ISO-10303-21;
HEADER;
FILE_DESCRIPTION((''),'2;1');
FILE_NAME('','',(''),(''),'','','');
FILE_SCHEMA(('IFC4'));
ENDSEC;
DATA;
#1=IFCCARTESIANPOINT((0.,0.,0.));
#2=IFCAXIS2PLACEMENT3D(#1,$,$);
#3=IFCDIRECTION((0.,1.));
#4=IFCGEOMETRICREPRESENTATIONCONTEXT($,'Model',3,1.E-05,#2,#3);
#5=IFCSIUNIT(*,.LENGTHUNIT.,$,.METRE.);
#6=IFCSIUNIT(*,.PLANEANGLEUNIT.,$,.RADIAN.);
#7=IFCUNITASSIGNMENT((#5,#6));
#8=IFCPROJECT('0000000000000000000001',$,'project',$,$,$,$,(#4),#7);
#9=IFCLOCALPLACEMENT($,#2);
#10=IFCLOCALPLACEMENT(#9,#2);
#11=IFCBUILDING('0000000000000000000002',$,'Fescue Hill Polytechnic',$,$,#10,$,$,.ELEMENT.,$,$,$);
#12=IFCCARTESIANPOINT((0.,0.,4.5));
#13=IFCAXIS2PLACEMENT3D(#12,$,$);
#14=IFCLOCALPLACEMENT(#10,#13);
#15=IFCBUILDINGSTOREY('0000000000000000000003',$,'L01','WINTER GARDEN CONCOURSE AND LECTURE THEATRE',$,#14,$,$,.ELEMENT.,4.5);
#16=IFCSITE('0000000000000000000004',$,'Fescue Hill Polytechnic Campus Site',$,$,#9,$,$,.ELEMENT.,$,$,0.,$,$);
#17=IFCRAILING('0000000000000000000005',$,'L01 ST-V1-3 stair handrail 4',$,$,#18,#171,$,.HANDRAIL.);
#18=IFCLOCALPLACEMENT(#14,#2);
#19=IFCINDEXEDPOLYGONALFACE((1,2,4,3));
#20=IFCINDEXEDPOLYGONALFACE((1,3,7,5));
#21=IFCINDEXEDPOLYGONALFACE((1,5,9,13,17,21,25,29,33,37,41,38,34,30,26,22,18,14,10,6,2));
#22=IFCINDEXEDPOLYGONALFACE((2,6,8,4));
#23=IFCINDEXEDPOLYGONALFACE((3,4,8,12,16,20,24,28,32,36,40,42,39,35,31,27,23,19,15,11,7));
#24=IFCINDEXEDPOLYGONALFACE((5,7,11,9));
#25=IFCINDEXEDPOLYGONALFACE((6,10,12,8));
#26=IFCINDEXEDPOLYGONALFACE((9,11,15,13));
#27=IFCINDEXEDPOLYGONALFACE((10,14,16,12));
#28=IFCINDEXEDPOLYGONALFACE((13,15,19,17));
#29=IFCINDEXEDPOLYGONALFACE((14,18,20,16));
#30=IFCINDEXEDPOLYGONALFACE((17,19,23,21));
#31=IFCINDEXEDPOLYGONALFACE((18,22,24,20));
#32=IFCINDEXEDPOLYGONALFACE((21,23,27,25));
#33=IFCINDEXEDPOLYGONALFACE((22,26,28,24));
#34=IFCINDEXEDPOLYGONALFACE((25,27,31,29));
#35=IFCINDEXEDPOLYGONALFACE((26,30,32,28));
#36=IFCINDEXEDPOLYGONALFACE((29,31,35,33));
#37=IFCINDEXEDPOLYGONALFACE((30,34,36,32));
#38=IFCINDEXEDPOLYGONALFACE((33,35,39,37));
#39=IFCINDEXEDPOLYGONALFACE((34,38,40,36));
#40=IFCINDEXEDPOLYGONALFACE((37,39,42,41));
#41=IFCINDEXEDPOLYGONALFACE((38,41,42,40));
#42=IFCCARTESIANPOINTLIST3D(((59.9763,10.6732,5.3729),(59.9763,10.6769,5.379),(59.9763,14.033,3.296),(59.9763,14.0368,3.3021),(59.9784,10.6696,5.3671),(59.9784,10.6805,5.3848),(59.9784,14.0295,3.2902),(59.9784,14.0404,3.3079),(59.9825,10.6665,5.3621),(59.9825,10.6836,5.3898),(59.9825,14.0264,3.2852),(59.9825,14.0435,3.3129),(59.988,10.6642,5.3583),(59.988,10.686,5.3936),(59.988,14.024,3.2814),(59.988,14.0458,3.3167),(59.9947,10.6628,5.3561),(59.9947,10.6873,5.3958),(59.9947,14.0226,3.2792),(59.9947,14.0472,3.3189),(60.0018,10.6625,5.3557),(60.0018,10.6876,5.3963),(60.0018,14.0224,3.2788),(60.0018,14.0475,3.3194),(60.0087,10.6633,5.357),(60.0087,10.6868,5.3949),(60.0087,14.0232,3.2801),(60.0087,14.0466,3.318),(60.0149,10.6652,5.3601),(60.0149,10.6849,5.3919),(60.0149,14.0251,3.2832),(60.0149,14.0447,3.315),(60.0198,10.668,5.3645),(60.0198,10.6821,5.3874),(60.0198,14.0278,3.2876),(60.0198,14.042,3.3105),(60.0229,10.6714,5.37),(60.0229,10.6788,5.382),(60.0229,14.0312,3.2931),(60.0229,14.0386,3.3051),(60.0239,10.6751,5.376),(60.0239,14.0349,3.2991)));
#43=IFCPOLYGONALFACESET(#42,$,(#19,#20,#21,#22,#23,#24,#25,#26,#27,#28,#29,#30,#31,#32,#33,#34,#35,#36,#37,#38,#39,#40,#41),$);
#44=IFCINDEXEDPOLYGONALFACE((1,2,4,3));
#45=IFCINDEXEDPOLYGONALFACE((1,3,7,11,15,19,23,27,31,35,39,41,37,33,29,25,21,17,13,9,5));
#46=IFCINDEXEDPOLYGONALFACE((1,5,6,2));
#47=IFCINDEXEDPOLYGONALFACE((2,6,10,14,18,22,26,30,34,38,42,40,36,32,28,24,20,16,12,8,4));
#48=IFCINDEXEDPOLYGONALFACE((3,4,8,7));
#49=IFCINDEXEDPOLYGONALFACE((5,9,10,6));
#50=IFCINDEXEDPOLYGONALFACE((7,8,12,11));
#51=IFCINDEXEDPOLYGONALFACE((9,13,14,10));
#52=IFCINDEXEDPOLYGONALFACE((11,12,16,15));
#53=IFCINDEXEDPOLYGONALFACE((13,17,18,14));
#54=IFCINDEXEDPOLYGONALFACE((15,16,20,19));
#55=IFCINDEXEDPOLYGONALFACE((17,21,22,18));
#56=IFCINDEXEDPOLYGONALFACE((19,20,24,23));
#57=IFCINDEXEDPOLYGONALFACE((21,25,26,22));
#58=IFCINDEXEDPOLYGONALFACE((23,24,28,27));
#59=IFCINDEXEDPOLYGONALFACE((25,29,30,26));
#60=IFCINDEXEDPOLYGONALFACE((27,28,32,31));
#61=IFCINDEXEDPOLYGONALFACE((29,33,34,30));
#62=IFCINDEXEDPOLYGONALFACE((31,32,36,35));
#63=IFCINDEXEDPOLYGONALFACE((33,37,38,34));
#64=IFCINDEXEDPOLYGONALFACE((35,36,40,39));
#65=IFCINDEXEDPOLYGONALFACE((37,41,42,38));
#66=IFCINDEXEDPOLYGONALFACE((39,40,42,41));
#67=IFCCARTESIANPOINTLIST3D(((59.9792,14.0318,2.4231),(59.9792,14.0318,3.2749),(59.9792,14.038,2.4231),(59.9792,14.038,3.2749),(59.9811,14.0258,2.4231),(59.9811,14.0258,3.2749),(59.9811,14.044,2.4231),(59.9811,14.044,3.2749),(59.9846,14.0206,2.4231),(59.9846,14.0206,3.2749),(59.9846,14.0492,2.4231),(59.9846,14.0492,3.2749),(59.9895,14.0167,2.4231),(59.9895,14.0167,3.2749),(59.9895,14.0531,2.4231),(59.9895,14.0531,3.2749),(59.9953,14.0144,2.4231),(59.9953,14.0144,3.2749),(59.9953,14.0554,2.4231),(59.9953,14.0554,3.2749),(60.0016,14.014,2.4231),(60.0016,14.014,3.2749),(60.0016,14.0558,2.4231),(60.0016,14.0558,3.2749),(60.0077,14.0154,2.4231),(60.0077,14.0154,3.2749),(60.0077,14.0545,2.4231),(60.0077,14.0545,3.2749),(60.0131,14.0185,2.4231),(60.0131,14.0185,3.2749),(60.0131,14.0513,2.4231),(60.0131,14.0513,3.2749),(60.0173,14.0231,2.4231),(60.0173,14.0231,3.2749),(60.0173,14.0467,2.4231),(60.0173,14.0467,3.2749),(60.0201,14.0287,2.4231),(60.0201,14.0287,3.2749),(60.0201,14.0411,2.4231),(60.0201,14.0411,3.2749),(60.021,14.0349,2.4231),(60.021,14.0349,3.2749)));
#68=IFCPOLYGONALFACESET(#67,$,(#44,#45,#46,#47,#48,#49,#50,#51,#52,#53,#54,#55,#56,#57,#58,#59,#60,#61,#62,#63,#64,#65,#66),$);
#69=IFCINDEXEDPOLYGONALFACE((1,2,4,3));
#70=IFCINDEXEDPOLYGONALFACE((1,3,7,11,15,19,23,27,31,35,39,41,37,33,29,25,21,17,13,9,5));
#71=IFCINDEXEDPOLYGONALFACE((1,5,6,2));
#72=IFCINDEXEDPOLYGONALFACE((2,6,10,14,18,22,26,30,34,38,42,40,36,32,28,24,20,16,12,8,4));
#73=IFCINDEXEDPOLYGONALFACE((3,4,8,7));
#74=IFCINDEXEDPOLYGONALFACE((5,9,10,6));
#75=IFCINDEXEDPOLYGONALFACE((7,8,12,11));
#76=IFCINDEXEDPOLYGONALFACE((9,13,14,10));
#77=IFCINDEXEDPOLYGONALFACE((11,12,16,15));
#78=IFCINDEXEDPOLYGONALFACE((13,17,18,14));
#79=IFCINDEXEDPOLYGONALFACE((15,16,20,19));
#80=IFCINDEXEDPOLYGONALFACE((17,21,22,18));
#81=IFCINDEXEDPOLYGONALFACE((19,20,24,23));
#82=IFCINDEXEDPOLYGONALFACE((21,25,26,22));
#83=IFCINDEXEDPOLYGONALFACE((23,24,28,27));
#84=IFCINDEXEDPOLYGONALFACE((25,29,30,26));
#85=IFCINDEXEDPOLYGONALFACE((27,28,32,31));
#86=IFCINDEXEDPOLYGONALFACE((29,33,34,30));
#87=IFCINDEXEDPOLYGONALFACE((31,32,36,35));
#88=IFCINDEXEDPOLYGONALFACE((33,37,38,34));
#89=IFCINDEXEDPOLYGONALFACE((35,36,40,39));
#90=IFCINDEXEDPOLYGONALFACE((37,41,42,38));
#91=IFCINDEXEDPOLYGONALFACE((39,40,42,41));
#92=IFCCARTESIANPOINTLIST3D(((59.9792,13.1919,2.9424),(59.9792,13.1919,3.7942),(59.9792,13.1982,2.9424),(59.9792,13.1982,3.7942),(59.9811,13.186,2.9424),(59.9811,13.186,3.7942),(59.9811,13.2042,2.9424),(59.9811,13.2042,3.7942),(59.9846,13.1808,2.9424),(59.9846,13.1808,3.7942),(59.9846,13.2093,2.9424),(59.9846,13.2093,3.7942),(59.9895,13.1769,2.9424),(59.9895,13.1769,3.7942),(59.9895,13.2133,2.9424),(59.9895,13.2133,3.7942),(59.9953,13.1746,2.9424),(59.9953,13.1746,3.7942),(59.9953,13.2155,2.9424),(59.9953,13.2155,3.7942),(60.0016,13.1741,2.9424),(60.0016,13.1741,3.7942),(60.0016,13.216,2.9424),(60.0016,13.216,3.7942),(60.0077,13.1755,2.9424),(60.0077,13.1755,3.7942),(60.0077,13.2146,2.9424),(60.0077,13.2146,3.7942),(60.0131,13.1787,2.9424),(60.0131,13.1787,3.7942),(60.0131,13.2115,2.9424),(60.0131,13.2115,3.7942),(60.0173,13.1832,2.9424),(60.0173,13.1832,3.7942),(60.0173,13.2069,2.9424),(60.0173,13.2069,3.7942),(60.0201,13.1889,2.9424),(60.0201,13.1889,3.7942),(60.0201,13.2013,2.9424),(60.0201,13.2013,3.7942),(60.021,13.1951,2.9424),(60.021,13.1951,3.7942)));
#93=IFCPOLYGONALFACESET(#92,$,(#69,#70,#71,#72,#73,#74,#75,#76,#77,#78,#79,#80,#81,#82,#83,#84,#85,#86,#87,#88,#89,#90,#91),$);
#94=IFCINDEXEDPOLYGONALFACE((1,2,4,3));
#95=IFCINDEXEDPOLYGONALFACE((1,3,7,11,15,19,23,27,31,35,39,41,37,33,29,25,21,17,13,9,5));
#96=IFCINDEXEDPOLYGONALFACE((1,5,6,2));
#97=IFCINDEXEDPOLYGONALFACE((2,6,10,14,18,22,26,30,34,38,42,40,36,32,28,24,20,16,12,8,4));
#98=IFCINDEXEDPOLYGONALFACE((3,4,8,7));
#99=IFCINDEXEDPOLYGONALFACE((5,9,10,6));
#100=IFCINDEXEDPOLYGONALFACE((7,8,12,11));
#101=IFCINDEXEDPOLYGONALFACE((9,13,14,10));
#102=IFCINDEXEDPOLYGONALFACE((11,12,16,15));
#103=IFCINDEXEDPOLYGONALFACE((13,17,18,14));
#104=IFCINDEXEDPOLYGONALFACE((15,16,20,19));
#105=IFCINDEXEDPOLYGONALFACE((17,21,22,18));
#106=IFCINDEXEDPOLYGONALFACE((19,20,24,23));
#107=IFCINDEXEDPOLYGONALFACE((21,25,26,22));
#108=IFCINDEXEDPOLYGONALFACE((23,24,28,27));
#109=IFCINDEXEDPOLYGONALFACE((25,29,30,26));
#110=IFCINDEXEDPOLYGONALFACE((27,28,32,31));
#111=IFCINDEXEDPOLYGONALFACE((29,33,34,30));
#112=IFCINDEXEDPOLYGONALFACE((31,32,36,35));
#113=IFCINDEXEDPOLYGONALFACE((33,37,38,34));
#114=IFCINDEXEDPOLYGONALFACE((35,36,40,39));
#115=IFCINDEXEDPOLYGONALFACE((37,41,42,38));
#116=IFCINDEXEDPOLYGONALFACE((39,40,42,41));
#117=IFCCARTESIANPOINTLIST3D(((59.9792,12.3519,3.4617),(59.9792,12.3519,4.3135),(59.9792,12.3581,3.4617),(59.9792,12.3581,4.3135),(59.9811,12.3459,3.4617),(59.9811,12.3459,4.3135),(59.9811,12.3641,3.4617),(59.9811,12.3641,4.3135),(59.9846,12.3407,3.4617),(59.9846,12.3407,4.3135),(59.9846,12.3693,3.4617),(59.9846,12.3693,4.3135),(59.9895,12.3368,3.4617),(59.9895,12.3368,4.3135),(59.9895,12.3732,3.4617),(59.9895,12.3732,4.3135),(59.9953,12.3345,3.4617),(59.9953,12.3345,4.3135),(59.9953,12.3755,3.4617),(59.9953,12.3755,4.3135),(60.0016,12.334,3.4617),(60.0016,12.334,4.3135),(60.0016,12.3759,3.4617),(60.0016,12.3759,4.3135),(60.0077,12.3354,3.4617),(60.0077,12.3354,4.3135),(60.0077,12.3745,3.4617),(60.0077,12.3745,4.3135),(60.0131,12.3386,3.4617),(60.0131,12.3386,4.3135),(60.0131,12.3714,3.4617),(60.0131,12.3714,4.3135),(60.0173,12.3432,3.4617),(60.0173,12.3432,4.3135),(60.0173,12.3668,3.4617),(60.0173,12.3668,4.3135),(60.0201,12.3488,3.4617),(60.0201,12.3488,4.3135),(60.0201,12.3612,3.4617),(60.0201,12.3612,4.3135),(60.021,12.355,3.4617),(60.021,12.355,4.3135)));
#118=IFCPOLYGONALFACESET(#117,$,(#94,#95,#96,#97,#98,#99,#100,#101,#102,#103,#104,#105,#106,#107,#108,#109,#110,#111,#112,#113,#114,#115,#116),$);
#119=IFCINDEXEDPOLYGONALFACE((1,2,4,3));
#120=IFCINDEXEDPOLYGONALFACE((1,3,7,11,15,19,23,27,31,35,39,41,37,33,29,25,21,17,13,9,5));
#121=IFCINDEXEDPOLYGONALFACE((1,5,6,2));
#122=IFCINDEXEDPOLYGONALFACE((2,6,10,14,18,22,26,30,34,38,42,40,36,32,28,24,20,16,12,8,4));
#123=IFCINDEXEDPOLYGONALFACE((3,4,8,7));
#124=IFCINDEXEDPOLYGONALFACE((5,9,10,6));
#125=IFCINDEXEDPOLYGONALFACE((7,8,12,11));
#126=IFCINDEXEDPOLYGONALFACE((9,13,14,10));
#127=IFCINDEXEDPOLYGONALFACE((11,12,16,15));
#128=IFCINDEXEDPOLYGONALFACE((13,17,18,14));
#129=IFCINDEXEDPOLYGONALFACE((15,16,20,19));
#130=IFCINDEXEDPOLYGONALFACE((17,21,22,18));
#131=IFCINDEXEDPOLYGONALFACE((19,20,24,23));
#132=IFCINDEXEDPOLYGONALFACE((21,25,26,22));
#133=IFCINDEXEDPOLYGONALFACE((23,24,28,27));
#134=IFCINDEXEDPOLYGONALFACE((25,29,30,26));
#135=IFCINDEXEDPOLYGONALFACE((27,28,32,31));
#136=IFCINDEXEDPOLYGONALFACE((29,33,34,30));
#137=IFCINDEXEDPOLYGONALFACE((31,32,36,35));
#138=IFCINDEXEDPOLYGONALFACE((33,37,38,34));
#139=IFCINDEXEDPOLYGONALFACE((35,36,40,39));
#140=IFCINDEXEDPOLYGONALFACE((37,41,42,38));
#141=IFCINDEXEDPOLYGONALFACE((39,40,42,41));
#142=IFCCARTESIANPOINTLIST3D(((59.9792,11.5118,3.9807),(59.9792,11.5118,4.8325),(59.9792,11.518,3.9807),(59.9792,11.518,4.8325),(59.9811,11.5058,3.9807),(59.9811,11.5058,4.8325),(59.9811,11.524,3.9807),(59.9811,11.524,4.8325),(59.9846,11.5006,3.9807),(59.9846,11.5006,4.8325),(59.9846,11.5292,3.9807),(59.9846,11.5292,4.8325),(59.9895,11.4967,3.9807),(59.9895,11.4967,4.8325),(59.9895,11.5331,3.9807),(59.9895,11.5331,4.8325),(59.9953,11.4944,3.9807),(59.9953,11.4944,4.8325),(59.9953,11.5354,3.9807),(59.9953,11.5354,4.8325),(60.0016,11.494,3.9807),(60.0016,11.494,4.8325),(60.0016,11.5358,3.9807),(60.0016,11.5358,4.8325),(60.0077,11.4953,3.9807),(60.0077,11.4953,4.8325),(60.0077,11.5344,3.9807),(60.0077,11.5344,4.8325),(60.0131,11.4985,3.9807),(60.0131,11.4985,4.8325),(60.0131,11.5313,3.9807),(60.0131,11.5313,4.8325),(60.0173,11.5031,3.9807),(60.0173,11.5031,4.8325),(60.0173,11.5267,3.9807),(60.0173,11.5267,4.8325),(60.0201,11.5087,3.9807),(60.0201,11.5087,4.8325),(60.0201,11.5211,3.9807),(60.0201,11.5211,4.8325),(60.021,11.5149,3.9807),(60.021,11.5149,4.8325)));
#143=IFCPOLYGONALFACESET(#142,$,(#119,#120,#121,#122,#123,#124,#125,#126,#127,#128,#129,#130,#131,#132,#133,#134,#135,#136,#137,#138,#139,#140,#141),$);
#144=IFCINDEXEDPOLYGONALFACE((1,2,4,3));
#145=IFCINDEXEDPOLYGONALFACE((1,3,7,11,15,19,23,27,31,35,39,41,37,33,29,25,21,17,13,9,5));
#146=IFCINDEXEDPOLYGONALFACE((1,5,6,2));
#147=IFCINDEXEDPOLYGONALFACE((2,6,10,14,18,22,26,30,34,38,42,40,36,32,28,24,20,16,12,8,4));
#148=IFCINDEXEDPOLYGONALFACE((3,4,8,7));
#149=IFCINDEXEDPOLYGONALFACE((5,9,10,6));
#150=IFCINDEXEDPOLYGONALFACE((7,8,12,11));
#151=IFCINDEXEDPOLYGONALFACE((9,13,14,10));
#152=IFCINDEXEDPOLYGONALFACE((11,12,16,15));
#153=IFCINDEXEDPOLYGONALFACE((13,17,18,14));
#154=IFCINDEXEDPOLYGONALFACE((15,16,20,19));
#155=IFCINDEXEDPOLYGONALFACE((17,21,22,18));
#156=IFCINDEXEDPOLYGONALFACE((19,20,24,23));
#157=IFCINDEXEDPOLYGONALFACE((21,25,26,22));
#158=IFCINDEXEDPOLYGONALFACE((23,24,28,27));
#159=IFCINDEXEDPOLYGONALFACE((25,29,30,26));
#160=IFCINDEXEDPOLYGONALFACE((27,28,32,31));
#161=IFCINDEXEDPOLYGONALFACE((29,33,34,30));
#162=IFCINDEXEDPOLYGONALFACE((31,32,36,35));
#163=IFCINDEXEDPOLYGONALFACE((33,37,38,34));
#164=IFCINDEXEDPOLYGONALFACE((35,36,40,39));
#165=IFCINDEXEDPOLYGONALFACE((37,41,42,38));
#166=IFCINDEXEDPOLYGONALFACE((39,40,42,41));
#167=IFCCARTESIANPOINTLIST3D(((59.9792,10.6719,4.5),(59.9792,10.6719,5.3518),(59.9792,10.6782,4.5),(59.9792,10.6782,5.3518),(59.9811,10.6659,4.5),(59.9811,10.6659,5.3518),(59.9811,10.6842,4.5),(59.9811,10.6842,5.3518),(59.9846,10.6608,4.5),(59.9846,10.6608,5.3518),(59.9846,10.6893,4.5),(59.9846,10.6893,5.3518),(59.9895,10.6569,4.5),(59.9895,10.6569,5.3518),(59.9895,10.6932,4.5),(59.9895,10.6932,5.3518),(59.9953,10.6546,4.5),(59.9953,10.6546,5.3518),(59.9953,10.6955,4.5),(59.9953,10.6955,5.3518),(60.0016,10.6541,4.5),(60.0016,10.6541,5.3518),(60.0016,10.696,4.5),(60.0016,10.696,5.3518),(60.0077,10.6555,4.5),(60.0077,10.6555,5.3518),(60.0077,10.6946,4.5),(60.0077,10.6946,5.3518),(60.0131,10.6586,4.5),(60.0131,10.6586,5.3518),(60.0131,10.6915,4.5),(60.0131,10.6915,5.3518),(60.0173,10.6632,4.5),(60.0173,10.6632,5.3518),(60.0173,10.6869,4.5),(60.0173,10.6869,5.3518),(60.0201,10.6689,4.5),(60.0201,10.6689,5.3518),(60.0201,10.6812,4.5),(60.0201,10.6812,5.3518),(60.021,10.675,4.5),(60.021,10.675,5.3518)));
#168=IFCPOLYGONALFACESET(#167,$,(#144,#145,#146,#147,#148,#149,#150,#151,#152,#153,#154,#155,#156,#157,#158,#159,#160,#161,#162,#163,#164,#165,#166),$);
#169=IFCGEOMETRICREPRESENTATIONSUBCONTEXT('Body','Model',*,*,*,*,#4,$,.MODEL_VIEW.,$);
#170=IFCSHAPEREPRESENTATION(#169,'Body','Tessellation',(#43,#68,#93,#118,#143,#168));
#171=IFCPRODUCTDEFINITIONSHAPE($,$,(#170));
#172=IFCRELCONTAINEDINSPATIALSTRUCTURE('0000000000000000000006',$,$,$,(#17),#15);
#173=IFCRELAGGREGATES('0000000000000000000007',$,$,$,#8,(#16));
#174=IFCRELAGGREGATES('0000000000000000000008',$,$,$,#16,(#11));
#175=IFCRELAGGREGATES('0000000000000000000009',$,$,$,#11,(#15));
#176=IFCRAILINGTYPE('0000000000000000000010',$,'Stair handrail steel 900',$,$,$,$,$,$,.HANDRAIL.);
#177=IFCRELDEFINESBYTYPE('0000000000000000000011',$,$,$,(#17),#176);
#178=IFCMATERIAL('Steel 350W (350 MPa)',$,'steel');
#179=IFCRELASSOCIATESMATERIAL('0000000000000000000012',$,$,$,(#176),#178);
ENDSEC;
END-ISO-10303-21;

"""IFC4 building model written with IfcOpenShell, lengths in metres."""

from ifc_helpers import new_model, si_unit, direction, frame, origin, origin_2d, place, context, subcontext, project, spatial, circle, extrude, material, type_object, element, save


model = new_model("IFC4")

# Units and contexts
model_context = context("Model", 3, precision=1e-05, world=origin(), true_north=direction((0.0, 1.0)))
body_context = subcontext(model_context, "Body", "Model", "MODEL_VIEW")
ifc_project = project(units=[si_unit("LENGTHUNIT", "METRE"), si_unit("PLANEANGLEUNIT", "RADIAN")], contexts=[model_context])

# Site, building, storey
site_placement = place(None, origin())
site = spatial("IfcSite", under=ifc_project, at=site_placement, Name="Fescue Hill Polytechnic Campus Site", CompositionType="ELEMENT", RefElevation=0.0)
building_placement = place(site_placement, origin())
building = spatial("IfcBuilding", under=site, at=building_placement, Name="Fescue Hill Polytechnic", CompositionType="ELEMENT")
storey_placement = place(building_placement, frame((0.0, 0.0, 4.5)))
storey = spatial("IfcBuildingStorey", under=building, at=storey_placement, Name="L01", Description="WINTER GARDEN CONCOURSE AND LECTURE THEATRE", CompositionType="ELEMENT", Elevation=4.5)

# Railing
ifc_material_1 = material(Name="Steel 350W (350 MPa)", Category="steel")
railing_type_1 = type_object("IfcRailingType", Name="Stair handrail steel 900", PredefinedType="HANDRAIL", material=ifc_material_1)
railing_1_placement = place(storey_placement, frame((60.0, 14.0349, 2.4231)))
element("IfcRailing", 1, at=railing_1_placement, inside=storey, type_object=railing_type_1, Name="L01 ST-V1-3 stair handrail 4", PredefinedType="HANDRAIL", context=body_context, shape_type="SweptSolid", body=[
    extrude(circle(Radius=0.0239, at=origin_2d()), frame((0.0, 0.0, 0.876), z_axis=(0.0, -0.850606, 0.525803), x_axis=(1.0, 0.0, 0.0)), (0.0, 0.0, 1.0), 3.95),
    extrude(circle(Radius=0.021, at=origin_2d()), origin(), (0.0, 0.0, 1.0), 0.8518),
    extrude(circle(Radius=0.021, at=origin_2d()), frame((0.0, -0.8398, 0.5193)), (0.0, 0.0, 1.0), 0.8518),
    extrude(circle(Radius=0.021, at=origin_2d()), frame((0.0, -1.6799, 1.0386)), (0.0, 0.0, 1.0), 0.8518),
    extrude(circle(Radius=0.021, at=origin_2d()), frame((0.0, -2.52, 1.5576)), (0.0, 0.0, 1.0), 0.8518),
    extrude(circle(Radius=0.021, at=origin_2d()), frame((0.0, -3.3599, 2.0769)), (0.0, 0.0, 1.0), 0.8518),
])

save(model, "model.ifc")
